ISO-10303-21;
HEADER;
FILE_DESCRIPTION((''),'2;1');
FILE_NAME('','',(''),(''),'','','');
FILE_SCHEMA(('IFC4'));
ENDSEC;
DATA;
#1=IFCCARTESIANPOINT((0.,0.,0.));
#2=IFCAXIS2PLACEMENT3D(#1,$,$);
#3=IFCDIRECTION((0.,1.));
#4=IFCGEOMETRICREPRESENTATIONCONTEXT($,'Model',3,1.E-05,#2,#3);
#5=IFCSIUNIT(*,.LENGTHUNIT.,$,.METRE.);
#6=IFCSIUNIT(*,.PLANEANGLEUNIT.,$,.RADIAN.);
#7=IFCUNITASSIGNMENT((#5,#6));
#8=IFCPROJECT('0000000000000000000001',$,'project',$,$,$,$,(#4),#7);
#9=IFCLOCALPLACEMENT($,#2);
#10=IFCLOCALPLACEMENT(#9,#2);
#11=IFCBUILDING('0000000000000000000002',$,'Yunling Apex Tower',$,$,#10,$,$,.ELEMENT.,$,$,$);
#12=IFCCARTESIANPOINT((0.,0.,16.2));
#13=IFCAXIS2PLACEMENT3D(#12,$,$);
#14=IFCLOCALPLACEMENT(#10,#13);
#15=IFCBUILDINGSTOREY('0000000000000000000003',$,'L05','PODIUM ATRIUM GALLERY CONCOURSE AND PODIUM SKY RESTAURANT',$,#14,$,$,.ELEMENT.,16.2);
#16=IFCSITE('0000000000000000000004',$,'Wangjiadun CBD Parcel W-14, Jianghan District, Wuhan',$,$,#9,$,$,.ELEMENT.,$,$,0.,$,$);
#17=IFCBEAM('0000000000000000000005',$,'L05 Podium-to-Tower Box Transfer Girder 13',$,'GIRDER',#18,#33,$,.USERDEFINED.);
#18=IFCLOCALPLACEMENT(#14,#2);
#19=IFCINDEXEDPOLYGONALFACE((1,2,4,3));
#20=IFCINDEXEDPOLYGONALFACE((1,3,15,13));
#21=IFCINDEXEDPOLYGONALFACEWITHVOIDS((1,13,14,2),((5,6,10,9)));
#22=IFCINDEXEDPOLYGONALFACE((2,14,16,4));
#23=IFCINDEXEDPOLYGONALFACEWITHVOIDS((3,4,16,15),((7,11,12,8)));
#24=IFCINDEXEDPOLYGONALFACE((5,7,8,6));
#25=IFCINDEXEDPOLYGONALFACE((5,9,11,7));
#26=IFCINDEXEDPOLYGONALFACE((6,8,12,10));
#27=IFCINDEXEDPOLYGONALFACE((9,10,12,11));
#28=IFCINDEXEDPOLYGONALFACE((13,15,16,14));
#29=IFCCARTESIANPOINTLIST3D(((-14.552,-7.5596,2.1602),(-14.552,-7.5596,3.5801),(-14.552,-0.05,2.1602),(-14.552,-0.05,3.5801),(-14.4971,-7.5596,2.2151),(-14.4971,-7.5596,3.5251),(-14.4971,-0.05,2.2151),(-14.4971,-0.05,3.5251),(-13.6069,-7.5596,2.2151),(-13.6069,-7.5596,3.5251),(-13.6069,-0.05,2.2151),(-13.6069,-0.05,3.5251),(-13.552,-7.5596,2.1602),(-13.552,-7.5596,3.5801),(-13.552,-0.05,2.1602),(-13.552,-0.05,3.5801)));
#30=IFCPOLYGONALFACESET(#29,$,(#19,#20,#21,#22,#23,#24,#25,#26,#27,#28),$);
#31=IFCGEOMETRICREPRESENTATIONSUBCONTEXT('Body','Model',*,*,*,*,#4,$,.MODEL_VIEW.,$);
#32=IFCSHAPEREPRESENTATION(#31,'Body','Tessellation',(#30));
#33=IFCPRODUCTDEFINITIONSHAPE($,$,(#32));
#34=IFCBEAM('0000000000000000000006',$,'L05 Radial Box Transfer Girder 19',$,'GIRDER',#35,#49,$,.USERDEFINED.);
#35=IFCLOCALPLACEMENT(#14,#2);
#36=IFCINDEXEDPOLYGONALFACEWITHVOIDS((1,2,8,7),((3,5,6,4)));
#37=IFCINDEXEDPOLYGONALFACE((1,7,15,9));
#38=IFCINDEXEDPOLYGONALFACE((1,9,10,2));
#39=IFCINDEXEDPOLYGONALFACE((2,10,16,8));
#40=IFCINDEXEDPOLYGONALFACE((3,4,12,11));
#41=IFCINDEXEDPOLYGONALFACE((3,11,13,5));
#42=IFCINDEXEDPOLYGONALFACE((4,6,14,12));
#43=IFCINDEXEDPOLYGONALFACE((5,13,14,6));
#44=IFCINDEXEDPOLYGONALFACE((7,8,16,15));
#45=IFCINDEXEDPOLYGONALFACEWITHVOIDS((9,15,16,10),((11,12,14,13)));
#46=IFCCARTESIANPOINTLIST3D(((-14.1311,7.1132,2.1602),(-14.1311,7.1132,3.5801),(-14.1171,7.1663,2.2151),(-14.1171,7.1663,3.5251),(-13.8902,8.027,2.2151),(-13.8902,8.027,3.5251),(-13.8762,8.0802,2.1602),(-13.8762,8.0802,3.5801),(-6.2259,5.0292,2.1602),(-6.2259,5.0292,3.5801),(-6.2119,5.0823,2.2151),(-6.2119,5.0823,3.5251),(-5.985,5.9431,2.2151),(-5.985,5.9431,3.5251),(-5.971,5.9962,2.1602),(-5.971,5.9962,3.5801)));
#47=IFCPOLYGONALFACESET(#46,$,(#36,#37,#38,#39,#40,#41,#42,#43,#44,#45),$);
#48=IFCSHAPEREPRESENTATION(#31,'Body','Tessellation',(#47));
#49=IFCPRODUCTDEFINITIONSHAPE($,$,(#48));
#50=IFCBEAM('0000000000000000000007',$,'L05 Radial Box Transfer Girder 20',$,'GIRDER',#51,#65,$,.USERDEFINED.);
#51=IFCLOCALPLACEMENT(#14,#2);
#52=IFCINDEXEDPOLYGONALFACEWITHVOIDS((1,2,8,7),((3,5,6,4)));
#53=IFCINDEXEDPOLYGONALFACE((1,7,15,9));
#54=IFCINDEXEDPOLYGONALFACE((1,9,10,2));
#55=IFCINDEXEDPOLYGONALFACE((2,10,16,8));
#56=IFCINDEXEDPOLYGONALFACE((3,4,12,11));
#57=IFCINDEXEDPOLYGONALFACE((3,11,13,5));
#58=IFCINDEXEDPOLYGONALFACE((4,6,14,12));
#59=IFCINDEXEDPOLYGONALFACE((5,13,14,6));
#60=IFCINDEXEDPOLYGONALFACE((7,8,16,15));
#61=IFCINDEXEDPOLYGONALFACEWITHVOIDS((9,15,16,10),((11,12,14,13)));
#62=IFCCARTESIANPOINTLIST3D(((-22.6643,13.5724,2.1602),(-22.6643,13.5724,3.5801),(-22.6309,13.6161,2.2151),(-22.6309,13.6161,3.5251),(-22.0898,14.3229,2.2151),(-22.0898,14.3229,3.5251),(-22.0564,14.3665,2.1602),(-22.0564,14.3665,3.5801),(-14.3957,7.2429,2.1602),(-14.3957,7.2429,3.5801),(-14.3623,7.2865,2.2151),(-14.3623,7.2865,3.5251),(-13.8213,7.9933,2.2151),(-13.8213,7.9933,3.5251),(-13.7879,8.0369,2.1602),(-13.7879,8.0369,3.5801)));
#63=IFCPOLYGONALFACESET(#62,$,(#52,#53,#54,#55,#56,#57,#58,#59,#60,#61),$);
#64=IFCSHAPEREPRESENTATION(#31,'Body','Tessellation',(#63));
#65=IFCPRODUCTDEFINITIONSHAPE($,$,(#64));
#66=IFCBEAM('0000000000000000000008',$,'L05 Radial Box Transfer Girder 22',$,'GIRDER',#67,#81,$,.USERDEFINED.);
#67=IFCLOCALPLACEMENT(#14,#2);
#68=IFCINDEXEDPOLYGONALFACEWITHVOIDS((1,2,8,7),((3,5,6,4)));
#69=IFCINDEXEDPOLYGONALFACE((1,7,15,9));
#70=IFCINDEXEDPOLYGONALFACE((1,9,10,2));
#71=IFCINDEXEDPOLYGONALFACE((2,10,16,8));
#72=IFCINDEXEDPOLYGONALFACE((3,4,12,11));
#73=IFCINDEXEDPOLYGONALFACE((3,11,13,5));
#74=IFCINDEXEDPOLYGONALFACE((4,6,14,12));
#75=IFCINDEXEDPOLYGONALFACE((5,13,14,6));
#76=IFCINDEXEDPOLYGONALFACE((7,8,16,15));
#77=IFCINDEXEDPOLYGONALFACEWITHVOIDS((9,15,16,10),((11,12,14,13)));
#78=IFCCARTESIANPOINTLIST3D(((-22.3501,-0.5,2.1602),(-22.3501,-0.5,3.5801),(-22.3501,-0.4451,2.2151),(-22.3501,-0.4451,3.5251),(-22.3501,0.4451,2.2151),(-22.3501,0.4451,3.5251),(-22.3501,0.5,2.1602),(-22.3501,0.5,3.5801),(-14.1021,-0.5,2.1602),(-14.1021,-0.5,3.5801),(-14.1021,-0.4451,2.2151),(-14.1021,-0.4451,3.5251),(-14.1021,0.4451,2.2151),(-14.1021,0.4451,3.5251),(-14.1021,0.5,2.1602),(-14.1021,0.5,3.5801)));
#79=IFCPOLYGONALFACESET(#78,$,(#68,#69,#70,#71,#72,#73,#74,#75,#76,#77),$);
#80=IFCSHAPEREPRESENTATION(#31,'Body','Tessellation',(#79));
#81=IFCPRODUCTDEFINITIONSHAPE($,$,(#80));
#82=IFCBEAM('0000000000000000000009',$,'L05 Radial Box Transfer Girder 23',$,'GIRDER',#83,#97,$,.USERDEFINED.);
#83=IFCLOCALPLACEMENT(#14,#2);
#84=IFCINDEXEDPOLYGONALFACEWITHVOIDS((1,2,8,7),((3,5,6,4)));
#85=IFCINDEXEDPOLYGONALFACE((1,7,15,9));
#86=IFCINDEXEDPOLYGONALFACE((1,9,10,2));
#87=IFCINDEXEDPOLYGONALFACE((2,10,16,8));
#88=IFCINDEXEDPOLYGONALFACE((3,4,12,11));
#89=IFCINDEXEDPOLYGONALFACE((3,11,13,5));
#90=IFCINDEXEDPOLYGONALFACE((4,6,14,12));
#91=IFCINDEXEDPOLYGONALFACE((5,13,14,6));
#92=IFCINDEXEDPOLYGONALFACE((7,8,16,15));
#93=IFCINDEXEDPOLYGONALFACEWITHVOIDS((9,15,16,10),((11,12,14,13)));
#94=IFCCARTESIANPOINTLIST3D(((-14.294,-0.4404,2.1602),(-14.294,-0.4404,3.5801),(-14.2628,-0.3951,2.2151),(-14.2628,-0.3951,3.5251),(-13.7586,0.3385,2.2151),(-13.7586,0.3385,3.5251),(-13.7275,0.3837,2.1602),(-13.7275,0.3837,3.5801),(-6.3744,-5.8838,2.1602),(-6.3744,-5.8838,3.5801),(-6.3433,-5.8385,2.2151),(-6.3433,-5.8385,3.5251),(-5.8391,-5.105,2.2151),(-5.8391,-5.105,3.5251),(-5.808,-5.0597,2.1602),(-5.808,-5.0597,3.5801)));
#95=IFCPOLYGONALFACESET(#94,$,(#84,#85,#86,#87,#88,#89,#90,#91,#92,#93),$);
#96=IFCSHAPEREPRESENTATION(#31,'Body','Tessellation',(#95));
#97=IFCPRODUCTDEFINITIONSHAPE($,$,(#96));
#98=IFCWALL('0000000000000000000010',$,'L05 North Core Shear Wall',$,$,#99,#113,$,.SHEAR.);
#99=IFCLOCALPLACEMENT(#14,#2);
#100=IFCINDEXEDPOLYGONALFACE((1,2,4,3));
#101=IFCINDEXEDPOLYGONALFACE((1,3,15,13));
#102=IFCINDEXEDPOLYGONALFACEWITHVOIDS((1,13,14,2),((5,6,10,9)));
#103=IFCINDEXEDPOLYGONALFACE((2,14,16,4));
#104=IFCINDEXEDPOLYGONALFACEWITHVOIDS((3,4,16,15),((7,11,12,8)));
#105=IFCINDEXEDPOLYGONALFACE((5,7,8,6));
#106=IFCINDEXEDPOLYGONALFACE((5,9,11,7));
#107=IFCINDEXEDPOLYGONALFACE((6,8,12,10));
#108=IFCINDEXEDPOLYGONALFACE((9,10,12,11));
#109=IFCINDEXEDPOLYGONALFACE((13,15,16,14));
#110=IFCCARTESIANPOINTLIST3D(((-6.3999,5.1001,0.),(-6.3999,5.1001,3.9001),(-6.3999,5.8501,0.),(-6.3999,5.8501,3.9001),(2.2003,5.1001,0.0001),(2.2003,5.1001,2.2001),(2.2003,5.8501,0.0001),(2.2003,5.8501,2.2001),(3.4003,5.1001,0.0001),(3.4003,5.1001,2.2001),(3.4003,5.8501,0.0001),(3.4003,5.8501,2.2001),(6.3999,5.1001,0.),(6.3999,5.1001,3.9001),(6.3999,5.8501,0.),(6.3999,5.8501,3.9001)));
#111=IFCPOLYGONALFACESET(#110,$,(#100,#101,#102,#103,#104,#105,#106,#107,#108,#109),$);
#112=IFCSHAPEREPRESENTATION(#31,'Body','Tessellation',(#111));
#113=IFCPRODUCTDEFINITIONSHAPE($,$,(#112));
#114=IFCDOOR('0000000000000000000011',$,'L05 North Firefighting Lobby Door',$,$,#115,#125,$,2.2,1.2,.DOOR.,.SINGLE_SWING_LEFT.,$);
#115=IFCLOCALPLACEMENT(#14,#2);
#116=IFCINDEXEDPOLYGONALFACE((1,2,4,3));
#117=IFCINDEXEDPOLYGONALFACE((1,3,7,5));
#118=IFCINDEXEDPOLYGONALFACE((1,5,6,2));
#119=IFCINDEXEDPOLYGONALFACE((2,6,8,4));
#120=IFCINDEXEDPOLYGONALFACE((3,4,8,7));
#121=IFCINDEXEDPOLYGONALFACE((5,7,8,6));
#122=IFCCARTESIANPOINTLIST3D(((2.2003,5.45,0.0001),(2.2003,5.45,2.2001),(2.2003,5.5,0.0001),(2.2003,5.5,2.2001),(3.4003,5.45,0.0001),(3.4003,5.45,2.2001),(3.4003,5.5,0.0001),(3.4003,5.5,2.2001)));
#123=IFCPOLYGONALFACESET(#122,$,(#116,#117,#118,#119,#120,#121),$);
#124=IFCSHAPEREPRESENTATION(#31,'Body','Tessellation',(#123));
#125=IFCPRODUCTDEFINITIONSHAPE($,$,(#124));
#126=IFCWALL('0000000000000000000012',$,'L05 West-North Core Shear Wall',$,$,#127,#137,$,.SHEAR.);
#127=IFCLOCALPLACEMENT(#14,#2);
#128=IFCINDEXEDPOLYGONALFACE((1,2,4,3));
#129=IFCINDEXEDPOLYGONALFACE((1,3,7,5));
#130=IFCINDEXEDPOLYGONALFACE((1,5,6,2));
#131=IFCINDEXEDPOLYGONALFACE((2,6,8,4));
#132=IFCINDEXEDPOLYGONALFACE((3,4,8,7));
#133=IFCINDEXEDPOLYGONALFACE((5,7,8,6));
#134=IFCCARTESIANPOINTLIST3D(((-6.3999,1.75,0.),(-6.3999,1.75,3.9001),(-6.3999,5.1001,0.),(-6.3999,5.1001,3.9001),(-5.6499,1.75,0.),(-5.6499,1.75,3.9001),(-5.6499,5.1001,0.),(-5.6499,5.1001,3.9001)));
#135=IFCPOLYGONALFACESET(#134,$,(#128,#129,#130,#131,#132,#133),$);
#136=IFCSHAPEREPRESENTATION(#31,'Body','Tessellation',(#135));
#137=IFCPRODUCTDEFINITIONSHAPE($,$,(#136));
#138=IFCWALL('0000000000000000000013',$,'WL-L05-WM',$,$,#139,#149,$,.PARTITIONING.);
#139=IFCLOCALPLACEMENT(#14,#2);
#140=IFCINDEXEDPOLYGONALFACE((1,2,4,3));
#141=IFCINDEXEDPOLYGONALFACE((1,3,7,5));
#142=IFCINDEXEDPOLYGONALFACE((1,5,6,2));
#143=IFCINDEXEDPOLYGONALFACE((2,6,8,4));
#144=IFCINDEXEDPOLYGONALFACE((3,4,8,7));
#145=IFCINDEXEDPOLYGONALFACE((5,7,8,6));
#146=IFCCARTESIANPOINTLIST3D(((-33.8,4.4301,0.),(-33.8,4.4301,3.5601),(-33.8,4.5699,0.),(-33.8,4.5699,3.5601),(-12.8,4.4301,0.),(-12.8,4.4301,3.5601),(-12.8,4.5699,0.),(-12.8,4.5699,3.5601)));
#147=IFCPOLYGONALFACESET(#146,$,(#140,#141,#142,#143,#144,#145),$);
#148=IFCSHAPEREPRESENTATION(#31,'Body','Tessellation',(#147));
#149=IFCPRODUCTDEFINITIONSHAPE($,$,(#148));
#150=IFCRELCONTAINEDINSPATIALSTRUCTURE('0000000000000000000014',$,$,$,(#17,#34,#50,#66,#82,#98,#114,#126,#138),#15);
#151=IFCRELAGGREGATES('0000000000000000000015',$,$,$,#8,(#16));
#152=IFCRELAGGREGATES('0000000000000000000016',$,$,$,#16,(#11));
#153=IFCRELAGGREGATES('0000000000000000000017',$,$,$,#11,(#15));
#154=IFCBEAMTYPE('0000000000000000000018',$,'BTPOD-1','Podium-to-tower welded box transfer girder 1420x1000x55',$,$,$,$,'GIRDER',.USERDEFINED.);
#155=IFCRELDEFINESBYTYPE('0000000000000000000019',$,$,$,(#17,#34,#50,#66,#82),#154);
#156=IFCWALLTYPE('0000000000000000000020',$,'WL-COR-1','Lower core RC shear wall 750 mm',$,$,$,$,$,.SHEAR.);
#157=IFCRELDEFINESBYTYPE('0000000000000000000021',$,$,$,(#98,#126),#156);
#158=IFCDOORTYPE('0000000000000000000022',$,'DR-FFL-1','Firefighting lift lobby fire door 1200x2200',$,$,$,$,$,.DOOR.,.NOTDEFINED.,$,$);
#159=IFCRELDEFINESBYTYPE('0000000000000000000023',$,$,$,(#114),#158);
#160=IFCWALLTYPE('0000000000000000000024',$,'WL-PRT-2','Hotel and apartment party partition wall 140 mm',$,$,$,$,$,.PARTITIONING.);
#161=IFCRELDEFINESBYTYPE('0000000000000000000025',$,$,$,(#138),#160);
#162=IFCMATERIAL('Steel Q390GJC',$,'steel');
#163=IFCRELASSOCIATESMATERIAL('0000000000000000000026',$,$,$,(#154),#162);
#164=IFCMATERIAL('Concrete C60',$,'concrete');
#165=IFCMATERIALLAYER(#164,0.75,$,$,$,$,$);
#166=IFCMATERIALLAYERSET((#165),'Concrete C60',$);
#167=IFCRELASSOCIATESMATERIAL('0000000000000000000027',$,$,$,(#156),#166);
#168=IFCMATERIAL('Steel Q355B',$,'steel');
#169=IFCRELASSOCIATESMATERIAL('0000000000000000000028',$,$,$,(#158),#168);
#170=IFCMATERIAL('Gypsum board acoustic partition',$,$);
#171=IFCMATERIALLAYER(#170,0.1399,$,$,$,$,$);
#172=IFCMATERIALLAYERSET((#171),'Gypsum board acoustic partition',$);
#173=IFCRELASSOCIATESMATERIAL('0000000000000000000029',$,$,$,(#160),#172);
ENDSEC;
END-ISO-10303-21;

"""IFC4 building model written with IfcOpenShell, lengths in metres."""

from ifc_helpers import new_model, si_unit, direction, frame, frame_2d, origin, origin_2d, place, context, subcontext, project, spatial, rectangle, hollow_rectangle, extrude, source, transform, mapped, material, layer, layer_set, material_profile, profile_set, type_object, element, fill, save


model = new_model("IFC4")

# Units and contexts
model_context = context("Model", 3, precision=1e-05, world=origin(), true_north=direction((0.0, 1.0)))
body_context = subcontext(model_context, "Body", "Model", "MODEL_VIEW")
ifc_project = project(units=[si_unit("LENGTHUNIT", "METRE"), si_unit("PLANEANGLEUNIT", "RADIAN")], contexts=[model_context])

# Site, building, storey
site_placement = place(None, origin())
site = spatial("IfcSite", under=ifc_project, at=site_placement, Name="Wangjiadun CBD Parcel W-14, Jianghan District, Wuhan", CompositionType="ELEMENT", RefElevation=0.0)
building_placement = place(site_placement, origin())
building = spatial("IfcBuilding", under=site, at=building_placement, Name="Yunling Apex Tower", CompositionType="ELEMENT")
storey_placement = place(building_placement, frame((0.0, 0.0, 16.2)))
storey = spatial("IfcBuildingStorey", under=building, at=storey_placement, Name="L05", Description="PODIUM ATRIUM GALLERY CONCOURSE AND PODIUM SKY RESTAURANT", CompositionType="ELEMENT", Elevation=16.2)

# Shared definitions
ifc_material_1 = material(Name="Concrete C60", Category="concrete")

# Beams
ifc_material_2 = material(Name="Steel Q355B", Category="steel")
ifc_material_3 = material(Name="Steel Q390GJC", Category="steel")
ifc_material_profile_1 = material_profile(ifc_material_3, hollow_rectangle(XDim=1.0, YDim=1.4199, WallThickness=0.0549, at=origin_2d()))
ifc_profile_set_1 = profile_set([ifc_material_profile_1], Name="Steel Q390GJC")
beam_type_1 = type_object("IfcBeamType", Name="BTPOD-1", Description="Podium-to-tower welded box transfer girder 1420x1000x55", ElementType="GIRDER", PredefinedType="USERDEFINED", material=ifc_profile_set_1)
shared_shape_1 = source(origin(), body_context, "Body", "SweptSolid", [
    extrude(hollow_rectangle(XDim=1.0, YDim=1.4199, WallThickness=0.0549, at=origin_2d()), origin(), (0.0, 0.0, 1.0), 7.5095),
])
for number, where, z_axis, x_axis, name in (
    (1, (-14.052, -0.05, 2.8701), (0.0, -1.0, 0.0), (1.0, 0.0, 0.0), "L05 Podium-to-Tower Box Transfer Girder 13"),
):
    element("IfcBeam", number, at=place(storey_placement, frame(where, z_axis=z_axis, x_axis=x_axis)), inside=storey, type_object=beam_type_1, Name=name, ObjectType="GIRDER", PredefinedType="USERDEFINED", context=body_context, shape_type="MappedRepresentation", body=[
        mapped(shared_shape_1, transform((0.0, 0.0, 0.0), scale=1.0)),
    ])
shared_shape_2 = source(origin(), body_context, "Body", "SweptSolid", [
    extrude(hollow_rectangle(XDim=1.0, YDim=1.4199, WallThickness=0.0549, at=origin_2d()), origin(), (0.0, 0.0, 1.0), 8.1753),
])
beam_1_placement = place(storey_placement, frame((-14.0037, 7.5967, 2.8701), z_axis=(0.966965, -0.254911, 0.0), x_axis=(0.254911, 0.966965, 0.0)))
element("IfcBeam", 2, at=beam_1_placement, inside=storey, type_object=beam_type_1, Name="L05 Radial Box Transfer Girder 19", ObjectType="GIRDER", PredefinedType="USERDEFINED", context=body_context, shape_type="MappedRepresentation", body=[
    mapped(shared_shape_2, transform((0.0, 0.0, 0.0), scale=1.0)),
])
shared_shape_3 = source(origin(), body_context, "Body", "SweptSolid", [
    extrude(hollow_rectangle(XDim=1.0, YDim=1.4199, WallThickness=0.0549, at=origin_2d()), origin(), (0.0, 0.0, 1.0), 10.4131),
])
beam_2_placement = place(storey_placement, frame((-14.0918, 7.6399, 2.8701), z_axis=(-0.794053, 0.607849, 0.0), x_axis=(-0.607849, -0.794053, 0.0)))
element("IfcBeam", 3, at=beam_2_placement, inside=storey, type_object=beam_type_1, Name="L05 Radial Box Transfer Girder 20", ObjectType="GIRDER", PredefinedType="USERDEFINED", context=body_context, shape_type="MappedRepresentation", body=[
    mapped(shared_shape_3, transform((0.0, 0.0, 0.0), scale=1.0)),
])
shared_shape_4 = source(origin(), body_context, "Body", "SweptSolid", [
    extrude(hollow_rectangle(XDim=1.0, YDim=1.4199, WallThickness=0.0549, at=origin_2d()), origin(), (0.0, 0.0, 1.0), 8.248),
])
beam_3_placement = place(storey_placement, frame((-14.1021, 0.0, 2.8701), z_axis=(-1.0, 0.0, 0.0), x_axis=(0.0, -1.0, 0.0)))
element("IfcBeam", 4, at=beam_3_placement, inside=storey, type_object=beam_type_1, Name="L05 Radial Box Transfer Girder 22", ObjectType="GIRDER", PredefinedType="USERDEFINED", context=body_context, shape_type="MappedRepresentation", body=[
    mapped(shared_shape_4, transform((0.0, 0.0, 0.0), scale=1.0)),
])
shared_shape_5 = source(origin(), body_context, "Body", "SweptSolid", [
    extrude(hollow_rectangle(XDim=1.0, YDim=1.4199, WallThickness=0.0549, at=origin_2d()), origin(), (0.0, 0.0, 1.0), 9.6099),
])
beam_4_placement = place(storey_placement, frame((-14.0107, -0.0283, 2.8701), z_axis=(0.824103, -0.56644, 0.0), x_axis=(0.56644, 0.824103, 0.0)))
element("IfcBeam", 5, at=beam_4_placement, inside=storey, type_object=beam_type_1, Name="L05 Radial Box Transfer Girder 23", ObjectType="GIRDER", PredefinedType="USERDEFINED", context=body_context, shape_type="MappedRepresentation", body=[
    mapped(shared_shape_5, transform((0.0, 0.0, 0.0), scale=1.0)),
])

# Wall, opening, door
ifc_layer_1 = layer(ifc_material_1, 0.75)
ifc_layer_set_1 = layer_set([ifc_layer_1], Name="Concrete C60")
wall_type_1 = type_object("IfcWallType", Name="WL-COR-1", Description="Lower core RC shear wall 750 mm", PredefinedType="SHEAR", material=ifc_layer_set_1)
wall_1_placement = place(storey_placement, frame((-6.3999, 5.4751, 0.0), z_axis=(0.0, 0.0, 1.0), x_axis=(1.0, 0.0, 0.0)))
wall_1 = element("IfcWall", 6, at=wall_1_placement, inside=storey, type_object=wall_type_1, Name="L05 North Core Shear Wall", PredefinedType="SHEAR", context=body_context, shape_type="SweptSolid", body=[
    extrude(rectangle(XDim=12.7998, YDim=0.75, at=frame_2d((6.3999, 0.0))), origin(), (0.0, 0.0, 1.0), 3.9001),
])
opening_1_placement = place(wall_1_placement, frame((8.6001, 0.0, 0.0)))
opening_1 = element("IfcOpeningElement", 7, at=opening_1_placement, cuts=wall_1, PredefinedType="OPENING", context=body_context, shape_type="SweptSolid", body=[
    extrude(rectangle(XDim=1.2, YDim=2.2, at=frame_2d((0.6001, 1.1001))), frame((0.0, 0.385, 0.0), z_axis=(0.0, -1.0, 0.0), x_axis=(1.0, 0.0, 0.0)), (0.0, 0.0, 1.0), 0.77),
])
door_type = type_object("IfcDoorType", Name="DR-FFL-1", Description="Firefighting lift lobby fire door 1200x2200", OperationType="NOTDEFINED", PredefinedType="DOOR", material=ifc_material_2)
door_1_placement = place(opening_1_placement, origin())
door_1 = element("IfcDoor", 8, at=door_1_placement, inside=storey, type_object=door_type, Name="L05 North Firefighting Lobby Door", OperationType="SINGLE_SWING_LEFT", OverallHeight=2.2, OverallWidth=1.2, PredefinedType="DOOR", context=body_context, shape_type="SweptSolid", body=[
    extrude(rectangle(XDim=1.2, YDim=2.2, at=frame_2d((0.6001, 1.1001))), frame((0.0, 0.0249, 0.0), z_axis=(0.0, -1.0, 0.0), x_axis=(1.0, 0.0, 0.0)), (0.0, 0.0, 1.0), 0.05),
])
fill(opening_1, door_1)

# Walls
wall_2_placement = place(storey_placement, frame((-6.0249, 1.75, 0.0), z_axis=(0.0, 0.0, 1.0), x_axis=(0.0, 1.0, 0.0)))
element("IfcWall", 9, at=wall_2_placement, inside=storey, type_object=wall_type_1, Name="L05 West-North Core Shear Wall", PredefinedType="SHEAR", context=body_context, shape_type="SweptSolid", body=[
    extrude(rectangle(XDim=3.3501, YDim=0.75, at=frame_2d((1.675, 0.0))), origin(), (0.0, 0.0, 1.0), 3.9001),
])
ifc_material_4 = material(Name="Gypsum board acoustic partition")
ifc_layer_2 = layer(ifc_material_4, 0.1399)
ifc_layer_set_2 = layer_set([ifc_layer_2], Name="Gypsum board acoustic partition")
wall_type_2 = type_object("IfcWallType", Name="WL-PRT-2", Description="Hotel and apartment party partition wall 140 mm", PredefinedType="PARTITIONING", material=ifc_layer_set_2)
wall_3_placement = place(storey_placement, frame((-33.8, 4.5, 0.0), z_axis=(0.0, 0.0, 1.0), x_axis=(1.0, 0.0, 0.0)))
element("IfcWall", 10, at=wall_3_placement, inside=storey, type_object=wall_type_2, Name="WL-L05-WM", PredefinedType="PARTITIONING", context=body_context, shape_type="SweptSolid", body=[
    extrude(rectangle(XDim=21.0, YDim=0.1399, at=frame_2d((10.5, 0.0))), origin(), (0.0, 0.0, 1.0), 3.5601),
])

save(model, "model.ifc")
